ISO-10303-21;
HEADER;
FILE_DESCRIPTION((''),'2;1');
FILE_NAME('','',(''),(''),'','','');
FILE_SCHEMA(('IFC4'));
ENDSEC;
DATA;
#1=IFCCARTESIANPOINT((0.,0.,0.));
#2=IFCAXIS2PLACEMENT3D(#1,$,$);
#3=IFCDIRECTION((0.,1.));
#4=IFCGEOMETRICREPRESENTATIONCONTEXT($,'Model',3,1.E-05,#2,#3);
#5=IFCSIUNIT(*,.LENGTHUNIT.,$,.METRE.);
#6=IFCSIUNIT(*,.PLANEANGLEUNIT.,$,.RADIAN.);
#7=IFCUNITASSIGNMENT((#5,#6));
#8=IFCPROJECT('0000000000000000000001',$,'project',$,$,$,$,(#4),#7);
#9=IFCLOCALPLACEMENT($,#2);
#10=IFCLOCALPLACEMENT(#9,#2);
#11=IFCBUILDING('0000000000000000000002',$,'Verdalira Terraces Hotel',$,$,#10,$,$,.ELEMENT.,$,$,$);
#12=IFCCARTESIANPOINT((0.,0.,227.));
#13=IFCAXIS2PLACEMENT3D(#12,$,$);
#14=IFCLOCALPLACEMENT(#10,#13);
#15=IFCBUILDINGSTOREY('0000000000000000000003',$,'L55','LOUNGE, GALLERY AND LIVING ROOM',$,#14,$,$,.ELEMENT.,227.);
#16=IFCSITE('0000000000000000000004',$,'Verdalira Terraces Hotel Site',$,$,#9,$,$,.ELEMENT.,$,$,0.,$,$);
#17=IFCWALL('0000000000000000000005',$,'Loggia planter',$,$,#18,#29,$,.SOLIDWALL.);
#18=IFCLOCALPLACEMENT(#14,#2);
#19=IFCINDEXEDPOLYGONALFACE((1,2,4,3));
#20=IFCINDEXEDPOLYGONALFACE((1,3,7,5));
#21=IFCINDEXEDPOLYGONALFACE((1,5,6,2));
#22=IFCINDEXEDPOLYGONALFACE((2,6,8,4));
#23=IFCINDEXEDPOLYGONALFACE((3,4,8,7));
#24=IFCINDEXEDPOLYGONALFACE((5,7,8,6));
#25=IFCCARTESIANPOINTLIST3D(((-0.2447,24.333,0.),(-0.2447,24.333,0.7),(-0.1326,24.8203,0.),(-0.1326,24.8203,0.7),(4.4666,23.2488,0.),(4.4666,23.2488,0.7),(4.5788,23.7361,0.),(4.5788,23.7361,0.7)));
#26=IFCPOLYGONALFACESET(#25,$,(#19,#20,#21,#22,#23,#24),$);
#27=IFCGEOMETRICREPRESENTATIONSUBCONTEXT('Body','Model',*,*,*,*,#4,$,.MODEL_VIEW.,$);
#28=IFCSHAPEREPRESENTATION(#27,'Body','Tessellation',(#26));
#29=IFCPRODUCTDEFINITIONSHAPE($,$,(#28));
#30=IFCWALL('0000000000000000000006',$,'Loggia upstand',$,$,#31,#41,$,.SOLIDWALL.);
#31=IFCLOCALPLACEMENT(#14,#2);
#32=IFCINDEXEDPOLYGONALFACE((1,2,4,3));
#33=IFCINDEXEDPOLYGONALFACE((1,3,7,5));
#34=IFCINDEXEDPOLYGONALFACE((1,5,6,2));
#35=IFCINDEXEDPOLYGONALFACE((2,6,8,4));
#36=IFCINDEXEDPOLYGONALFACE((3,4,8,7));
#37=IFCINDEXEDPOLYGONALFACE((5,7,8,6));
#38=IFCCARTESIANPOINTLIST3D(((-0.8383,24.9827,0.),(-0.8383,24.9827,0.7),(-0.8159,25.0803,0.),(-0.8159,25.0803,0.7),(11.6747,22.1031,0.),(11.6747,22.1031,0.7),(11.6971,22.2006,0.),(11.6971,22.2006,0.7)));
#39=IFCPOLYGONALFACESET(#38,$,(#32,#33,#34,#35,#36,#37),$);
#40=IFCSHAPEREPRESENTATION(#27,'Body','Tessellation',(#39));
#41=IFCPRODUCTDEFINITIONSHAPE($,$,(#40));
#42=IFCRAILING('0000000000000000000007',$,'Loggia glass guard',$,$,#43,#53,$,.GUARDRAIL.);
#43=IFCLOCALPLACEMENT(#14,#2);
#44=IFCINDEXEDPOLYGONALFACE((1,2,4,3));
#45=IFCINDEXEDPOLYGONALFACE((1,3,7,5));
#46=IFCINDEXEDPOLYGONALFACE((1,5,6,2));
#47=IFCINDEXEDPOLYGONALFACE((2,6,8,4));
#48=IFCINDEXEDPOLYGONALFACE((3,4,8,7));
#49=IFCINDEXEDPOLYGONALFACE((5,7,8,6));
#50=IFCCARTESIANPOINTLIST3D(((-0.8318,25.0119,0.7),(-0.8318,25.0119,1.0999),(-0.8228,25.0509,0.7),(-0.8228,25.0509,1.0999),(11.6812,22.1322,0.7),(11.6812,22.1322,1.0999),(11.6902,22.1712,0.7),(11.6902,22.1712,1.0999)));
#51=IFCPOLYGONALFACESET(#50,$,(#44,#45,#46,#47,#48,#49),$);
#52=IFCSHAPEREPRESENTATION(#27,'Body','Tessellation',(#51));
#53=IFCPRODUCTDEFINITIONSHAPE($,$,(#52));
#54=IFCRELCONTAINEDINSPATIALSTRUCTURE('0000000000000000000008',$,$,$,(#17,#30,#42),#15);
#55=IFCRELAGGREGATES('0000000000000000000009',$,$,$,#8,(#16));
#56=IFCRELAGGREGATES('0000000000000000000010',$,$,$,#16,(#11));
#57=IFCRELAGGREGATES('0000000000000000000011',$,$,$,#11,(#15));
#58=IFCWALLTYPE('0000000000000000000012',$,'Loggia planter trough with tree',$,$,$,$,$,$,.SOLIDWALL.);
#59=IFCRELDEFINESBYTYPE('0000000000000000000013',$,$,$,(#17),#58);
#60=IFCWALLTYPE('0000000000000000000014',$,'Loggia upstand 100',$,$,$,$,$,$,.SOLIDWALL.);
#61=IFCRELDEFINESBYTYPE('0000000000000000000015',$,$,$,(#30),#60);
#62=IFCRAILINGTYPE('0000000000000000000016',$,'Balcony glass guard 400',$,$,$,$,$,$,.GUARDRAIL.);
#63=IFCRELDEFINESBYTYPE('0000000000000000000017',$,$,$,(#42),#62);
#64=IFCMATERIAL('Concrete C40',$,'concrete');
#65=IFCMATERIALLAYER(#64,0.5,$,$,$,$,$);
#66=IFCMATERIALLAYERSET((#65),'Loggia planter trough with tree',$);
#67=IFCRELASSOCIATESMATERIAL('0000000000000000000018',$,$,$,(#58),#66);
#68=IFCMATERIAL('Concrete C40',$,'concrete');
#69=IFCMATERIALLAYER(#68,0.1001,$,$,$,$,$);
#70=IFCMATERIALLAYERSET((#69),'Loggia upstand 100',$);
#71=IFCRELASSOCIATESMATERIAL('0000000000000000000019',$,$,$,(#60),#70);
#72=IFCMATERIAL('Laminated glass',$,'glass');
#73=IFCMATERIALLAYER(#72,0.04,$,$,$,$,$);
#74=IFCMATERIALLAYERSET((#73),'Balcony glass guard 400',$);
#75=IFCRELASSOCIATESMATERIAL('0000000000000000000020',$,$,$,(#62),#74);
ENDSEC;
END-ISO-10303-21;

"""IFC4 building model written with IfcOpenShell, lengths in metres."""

from ifc_helpers import new_model, si_unit, direction, frame, frame_2d, origin, origin_2d, place, context, subcontext, project, spatial, rectangle, extrude, material, layer, layer_set, type_object, element, save


model = new_model("IFC4")

# Units and contexts
model_context = context("Model", 3, precision=1e-05, world=origin(), true_north=direction((0.0, 1.0)))
body_context = subcontext(model_context, "Body", "Model", "MODEL_VIEW")
ifc_project = project(units=[si_unit("LENGTHUNIT", "METRE"), si_unit("PLANEANGLEUNIT", "RADIAN")], contexts=[model_context])

# Site, building, storey
site_placement = place(None, origin())
site = spatial("IfcSite", under=ifc_project, at=site_placement, Name="Verdalira Terraces Hotel Site", CompositionType="ELEMENT", RefElevation=0.0)
building_placement = place(site_placement, origin())
building = spatial("IfcBuilding", under=site, at=building_placement, Name="Verdalira Terraces Hotel", CompositionType="ELEMENT")
storey_placement = place(building_placement, frame((0.0, 0.0, 227.0)))
storey = spatial("IfcBuildingStorey", under=building, at=storey_placement, Name="L55", Description="LOUNGE, GALLERY AND LIVING ROOM", CompositionType="ELEMENT", Elevation=227.0)

# Walls
ifc_material_1 = material(Name="Concrete C40", Category="concrete")
ifc_layer_1 = layer(ifc_material_1, 0.5)
ifc_layer_set_1 = layer_set([ifc_layer_1], Name="Loggia planter trough with tree")
wall_type_1 = type_object("IfcWallType", Name="Loggia planter trough with tree", PredefinedType="SOLIDWALL", material=ifc_layer_set_1)
wall_1_placement = place(storey_placement, frame((4.5227, 23.4924, 0.0), z_axis=(0.0, 0.0, 1.0), x_axis=(-0.974528, 0.224266, 0.0)))
element("IfcWall", 1, at=wall_1_placement, inside=storey, type_object=wall_type_1, Name="Loggia planter", PredefinedType="SOLIDWALL", context=body_context, shape_type="SweptSolid", body=[
    extrude(rectangle(XDim=4.8345, YDim=0.5, at=frame_2d((2.4172, 0.0))), origin(), (0.0, 0.0, 1.0), 0.7),
])
ifc_material_2 = material(Name="Concrete C40", Category="concrete")
ifc_layer_2 = layer(ifc_material_2, 0.1001)
ifc_layer_set_2 = layer_set([ifc_layer_2], Name="Loggia upstand 100")
wall_type_2 = type_object("IfcWallType", Name="Loggia upstand 100", PredefinedType="SOLIDWALL", material=ifc_layer_set_2)
wall_2_placement = place(storey_placement, frame((11.6858, 22.1519, 0.0), z_axis=(0.0, 0.0, 1.0), x_axis=(-0.974527, 0.224271, 0.0)))
element("IfcWall", 2, at=wall_2_placement, inside=storey, type_object=wall_type_2, Name="Loggia upstand", PredefinedType="SOLIDWALL", context=body_context, shape_type="SweptSolid", body=[
    extrude(rectangle(XDim=12.8401, YDim=0.1001, at=frame_2d((6.4199, 0.0))), origin(), (0.0, 0.0, 1.0), 0.7),
])

# Railing
ifc_material_3 = material(Name="Laminated glass", Category="glass")
ifc_layer_3 = layer(ifc_material_3, 0.04)
ifc_layer_set_3 = layer_set([ifc_layer_3], Name="Balcony glass guard 400")
railing_type = type_object("IfcRailingType", Name="Balcony glass guard 400", PredefinedType="GUARDRAIL", material=ifc_layer_set_3)
railing_placement = place(storey_placement, frame((5.4292, 23.5916, 0.7), z_axis=(0.0, 0.0, 1.0), x_axis=(-0.974527, 0.224271, 0.0)))
element("IfcRailing", 3, at=railing_placement, inside=storey, type_object=railing_type, Name="Loggia glass guard", PredefinedType="GUARDRAIL", context=body_context, shape_type="SweptSolid", body=[
    extrude(rectangle(XDim=12.8401, YDim=0.04, at=origin_2d()), origin(), (0.0, 0.0, 1.0), 0.3999),
])

save(model, "model.ifc")
